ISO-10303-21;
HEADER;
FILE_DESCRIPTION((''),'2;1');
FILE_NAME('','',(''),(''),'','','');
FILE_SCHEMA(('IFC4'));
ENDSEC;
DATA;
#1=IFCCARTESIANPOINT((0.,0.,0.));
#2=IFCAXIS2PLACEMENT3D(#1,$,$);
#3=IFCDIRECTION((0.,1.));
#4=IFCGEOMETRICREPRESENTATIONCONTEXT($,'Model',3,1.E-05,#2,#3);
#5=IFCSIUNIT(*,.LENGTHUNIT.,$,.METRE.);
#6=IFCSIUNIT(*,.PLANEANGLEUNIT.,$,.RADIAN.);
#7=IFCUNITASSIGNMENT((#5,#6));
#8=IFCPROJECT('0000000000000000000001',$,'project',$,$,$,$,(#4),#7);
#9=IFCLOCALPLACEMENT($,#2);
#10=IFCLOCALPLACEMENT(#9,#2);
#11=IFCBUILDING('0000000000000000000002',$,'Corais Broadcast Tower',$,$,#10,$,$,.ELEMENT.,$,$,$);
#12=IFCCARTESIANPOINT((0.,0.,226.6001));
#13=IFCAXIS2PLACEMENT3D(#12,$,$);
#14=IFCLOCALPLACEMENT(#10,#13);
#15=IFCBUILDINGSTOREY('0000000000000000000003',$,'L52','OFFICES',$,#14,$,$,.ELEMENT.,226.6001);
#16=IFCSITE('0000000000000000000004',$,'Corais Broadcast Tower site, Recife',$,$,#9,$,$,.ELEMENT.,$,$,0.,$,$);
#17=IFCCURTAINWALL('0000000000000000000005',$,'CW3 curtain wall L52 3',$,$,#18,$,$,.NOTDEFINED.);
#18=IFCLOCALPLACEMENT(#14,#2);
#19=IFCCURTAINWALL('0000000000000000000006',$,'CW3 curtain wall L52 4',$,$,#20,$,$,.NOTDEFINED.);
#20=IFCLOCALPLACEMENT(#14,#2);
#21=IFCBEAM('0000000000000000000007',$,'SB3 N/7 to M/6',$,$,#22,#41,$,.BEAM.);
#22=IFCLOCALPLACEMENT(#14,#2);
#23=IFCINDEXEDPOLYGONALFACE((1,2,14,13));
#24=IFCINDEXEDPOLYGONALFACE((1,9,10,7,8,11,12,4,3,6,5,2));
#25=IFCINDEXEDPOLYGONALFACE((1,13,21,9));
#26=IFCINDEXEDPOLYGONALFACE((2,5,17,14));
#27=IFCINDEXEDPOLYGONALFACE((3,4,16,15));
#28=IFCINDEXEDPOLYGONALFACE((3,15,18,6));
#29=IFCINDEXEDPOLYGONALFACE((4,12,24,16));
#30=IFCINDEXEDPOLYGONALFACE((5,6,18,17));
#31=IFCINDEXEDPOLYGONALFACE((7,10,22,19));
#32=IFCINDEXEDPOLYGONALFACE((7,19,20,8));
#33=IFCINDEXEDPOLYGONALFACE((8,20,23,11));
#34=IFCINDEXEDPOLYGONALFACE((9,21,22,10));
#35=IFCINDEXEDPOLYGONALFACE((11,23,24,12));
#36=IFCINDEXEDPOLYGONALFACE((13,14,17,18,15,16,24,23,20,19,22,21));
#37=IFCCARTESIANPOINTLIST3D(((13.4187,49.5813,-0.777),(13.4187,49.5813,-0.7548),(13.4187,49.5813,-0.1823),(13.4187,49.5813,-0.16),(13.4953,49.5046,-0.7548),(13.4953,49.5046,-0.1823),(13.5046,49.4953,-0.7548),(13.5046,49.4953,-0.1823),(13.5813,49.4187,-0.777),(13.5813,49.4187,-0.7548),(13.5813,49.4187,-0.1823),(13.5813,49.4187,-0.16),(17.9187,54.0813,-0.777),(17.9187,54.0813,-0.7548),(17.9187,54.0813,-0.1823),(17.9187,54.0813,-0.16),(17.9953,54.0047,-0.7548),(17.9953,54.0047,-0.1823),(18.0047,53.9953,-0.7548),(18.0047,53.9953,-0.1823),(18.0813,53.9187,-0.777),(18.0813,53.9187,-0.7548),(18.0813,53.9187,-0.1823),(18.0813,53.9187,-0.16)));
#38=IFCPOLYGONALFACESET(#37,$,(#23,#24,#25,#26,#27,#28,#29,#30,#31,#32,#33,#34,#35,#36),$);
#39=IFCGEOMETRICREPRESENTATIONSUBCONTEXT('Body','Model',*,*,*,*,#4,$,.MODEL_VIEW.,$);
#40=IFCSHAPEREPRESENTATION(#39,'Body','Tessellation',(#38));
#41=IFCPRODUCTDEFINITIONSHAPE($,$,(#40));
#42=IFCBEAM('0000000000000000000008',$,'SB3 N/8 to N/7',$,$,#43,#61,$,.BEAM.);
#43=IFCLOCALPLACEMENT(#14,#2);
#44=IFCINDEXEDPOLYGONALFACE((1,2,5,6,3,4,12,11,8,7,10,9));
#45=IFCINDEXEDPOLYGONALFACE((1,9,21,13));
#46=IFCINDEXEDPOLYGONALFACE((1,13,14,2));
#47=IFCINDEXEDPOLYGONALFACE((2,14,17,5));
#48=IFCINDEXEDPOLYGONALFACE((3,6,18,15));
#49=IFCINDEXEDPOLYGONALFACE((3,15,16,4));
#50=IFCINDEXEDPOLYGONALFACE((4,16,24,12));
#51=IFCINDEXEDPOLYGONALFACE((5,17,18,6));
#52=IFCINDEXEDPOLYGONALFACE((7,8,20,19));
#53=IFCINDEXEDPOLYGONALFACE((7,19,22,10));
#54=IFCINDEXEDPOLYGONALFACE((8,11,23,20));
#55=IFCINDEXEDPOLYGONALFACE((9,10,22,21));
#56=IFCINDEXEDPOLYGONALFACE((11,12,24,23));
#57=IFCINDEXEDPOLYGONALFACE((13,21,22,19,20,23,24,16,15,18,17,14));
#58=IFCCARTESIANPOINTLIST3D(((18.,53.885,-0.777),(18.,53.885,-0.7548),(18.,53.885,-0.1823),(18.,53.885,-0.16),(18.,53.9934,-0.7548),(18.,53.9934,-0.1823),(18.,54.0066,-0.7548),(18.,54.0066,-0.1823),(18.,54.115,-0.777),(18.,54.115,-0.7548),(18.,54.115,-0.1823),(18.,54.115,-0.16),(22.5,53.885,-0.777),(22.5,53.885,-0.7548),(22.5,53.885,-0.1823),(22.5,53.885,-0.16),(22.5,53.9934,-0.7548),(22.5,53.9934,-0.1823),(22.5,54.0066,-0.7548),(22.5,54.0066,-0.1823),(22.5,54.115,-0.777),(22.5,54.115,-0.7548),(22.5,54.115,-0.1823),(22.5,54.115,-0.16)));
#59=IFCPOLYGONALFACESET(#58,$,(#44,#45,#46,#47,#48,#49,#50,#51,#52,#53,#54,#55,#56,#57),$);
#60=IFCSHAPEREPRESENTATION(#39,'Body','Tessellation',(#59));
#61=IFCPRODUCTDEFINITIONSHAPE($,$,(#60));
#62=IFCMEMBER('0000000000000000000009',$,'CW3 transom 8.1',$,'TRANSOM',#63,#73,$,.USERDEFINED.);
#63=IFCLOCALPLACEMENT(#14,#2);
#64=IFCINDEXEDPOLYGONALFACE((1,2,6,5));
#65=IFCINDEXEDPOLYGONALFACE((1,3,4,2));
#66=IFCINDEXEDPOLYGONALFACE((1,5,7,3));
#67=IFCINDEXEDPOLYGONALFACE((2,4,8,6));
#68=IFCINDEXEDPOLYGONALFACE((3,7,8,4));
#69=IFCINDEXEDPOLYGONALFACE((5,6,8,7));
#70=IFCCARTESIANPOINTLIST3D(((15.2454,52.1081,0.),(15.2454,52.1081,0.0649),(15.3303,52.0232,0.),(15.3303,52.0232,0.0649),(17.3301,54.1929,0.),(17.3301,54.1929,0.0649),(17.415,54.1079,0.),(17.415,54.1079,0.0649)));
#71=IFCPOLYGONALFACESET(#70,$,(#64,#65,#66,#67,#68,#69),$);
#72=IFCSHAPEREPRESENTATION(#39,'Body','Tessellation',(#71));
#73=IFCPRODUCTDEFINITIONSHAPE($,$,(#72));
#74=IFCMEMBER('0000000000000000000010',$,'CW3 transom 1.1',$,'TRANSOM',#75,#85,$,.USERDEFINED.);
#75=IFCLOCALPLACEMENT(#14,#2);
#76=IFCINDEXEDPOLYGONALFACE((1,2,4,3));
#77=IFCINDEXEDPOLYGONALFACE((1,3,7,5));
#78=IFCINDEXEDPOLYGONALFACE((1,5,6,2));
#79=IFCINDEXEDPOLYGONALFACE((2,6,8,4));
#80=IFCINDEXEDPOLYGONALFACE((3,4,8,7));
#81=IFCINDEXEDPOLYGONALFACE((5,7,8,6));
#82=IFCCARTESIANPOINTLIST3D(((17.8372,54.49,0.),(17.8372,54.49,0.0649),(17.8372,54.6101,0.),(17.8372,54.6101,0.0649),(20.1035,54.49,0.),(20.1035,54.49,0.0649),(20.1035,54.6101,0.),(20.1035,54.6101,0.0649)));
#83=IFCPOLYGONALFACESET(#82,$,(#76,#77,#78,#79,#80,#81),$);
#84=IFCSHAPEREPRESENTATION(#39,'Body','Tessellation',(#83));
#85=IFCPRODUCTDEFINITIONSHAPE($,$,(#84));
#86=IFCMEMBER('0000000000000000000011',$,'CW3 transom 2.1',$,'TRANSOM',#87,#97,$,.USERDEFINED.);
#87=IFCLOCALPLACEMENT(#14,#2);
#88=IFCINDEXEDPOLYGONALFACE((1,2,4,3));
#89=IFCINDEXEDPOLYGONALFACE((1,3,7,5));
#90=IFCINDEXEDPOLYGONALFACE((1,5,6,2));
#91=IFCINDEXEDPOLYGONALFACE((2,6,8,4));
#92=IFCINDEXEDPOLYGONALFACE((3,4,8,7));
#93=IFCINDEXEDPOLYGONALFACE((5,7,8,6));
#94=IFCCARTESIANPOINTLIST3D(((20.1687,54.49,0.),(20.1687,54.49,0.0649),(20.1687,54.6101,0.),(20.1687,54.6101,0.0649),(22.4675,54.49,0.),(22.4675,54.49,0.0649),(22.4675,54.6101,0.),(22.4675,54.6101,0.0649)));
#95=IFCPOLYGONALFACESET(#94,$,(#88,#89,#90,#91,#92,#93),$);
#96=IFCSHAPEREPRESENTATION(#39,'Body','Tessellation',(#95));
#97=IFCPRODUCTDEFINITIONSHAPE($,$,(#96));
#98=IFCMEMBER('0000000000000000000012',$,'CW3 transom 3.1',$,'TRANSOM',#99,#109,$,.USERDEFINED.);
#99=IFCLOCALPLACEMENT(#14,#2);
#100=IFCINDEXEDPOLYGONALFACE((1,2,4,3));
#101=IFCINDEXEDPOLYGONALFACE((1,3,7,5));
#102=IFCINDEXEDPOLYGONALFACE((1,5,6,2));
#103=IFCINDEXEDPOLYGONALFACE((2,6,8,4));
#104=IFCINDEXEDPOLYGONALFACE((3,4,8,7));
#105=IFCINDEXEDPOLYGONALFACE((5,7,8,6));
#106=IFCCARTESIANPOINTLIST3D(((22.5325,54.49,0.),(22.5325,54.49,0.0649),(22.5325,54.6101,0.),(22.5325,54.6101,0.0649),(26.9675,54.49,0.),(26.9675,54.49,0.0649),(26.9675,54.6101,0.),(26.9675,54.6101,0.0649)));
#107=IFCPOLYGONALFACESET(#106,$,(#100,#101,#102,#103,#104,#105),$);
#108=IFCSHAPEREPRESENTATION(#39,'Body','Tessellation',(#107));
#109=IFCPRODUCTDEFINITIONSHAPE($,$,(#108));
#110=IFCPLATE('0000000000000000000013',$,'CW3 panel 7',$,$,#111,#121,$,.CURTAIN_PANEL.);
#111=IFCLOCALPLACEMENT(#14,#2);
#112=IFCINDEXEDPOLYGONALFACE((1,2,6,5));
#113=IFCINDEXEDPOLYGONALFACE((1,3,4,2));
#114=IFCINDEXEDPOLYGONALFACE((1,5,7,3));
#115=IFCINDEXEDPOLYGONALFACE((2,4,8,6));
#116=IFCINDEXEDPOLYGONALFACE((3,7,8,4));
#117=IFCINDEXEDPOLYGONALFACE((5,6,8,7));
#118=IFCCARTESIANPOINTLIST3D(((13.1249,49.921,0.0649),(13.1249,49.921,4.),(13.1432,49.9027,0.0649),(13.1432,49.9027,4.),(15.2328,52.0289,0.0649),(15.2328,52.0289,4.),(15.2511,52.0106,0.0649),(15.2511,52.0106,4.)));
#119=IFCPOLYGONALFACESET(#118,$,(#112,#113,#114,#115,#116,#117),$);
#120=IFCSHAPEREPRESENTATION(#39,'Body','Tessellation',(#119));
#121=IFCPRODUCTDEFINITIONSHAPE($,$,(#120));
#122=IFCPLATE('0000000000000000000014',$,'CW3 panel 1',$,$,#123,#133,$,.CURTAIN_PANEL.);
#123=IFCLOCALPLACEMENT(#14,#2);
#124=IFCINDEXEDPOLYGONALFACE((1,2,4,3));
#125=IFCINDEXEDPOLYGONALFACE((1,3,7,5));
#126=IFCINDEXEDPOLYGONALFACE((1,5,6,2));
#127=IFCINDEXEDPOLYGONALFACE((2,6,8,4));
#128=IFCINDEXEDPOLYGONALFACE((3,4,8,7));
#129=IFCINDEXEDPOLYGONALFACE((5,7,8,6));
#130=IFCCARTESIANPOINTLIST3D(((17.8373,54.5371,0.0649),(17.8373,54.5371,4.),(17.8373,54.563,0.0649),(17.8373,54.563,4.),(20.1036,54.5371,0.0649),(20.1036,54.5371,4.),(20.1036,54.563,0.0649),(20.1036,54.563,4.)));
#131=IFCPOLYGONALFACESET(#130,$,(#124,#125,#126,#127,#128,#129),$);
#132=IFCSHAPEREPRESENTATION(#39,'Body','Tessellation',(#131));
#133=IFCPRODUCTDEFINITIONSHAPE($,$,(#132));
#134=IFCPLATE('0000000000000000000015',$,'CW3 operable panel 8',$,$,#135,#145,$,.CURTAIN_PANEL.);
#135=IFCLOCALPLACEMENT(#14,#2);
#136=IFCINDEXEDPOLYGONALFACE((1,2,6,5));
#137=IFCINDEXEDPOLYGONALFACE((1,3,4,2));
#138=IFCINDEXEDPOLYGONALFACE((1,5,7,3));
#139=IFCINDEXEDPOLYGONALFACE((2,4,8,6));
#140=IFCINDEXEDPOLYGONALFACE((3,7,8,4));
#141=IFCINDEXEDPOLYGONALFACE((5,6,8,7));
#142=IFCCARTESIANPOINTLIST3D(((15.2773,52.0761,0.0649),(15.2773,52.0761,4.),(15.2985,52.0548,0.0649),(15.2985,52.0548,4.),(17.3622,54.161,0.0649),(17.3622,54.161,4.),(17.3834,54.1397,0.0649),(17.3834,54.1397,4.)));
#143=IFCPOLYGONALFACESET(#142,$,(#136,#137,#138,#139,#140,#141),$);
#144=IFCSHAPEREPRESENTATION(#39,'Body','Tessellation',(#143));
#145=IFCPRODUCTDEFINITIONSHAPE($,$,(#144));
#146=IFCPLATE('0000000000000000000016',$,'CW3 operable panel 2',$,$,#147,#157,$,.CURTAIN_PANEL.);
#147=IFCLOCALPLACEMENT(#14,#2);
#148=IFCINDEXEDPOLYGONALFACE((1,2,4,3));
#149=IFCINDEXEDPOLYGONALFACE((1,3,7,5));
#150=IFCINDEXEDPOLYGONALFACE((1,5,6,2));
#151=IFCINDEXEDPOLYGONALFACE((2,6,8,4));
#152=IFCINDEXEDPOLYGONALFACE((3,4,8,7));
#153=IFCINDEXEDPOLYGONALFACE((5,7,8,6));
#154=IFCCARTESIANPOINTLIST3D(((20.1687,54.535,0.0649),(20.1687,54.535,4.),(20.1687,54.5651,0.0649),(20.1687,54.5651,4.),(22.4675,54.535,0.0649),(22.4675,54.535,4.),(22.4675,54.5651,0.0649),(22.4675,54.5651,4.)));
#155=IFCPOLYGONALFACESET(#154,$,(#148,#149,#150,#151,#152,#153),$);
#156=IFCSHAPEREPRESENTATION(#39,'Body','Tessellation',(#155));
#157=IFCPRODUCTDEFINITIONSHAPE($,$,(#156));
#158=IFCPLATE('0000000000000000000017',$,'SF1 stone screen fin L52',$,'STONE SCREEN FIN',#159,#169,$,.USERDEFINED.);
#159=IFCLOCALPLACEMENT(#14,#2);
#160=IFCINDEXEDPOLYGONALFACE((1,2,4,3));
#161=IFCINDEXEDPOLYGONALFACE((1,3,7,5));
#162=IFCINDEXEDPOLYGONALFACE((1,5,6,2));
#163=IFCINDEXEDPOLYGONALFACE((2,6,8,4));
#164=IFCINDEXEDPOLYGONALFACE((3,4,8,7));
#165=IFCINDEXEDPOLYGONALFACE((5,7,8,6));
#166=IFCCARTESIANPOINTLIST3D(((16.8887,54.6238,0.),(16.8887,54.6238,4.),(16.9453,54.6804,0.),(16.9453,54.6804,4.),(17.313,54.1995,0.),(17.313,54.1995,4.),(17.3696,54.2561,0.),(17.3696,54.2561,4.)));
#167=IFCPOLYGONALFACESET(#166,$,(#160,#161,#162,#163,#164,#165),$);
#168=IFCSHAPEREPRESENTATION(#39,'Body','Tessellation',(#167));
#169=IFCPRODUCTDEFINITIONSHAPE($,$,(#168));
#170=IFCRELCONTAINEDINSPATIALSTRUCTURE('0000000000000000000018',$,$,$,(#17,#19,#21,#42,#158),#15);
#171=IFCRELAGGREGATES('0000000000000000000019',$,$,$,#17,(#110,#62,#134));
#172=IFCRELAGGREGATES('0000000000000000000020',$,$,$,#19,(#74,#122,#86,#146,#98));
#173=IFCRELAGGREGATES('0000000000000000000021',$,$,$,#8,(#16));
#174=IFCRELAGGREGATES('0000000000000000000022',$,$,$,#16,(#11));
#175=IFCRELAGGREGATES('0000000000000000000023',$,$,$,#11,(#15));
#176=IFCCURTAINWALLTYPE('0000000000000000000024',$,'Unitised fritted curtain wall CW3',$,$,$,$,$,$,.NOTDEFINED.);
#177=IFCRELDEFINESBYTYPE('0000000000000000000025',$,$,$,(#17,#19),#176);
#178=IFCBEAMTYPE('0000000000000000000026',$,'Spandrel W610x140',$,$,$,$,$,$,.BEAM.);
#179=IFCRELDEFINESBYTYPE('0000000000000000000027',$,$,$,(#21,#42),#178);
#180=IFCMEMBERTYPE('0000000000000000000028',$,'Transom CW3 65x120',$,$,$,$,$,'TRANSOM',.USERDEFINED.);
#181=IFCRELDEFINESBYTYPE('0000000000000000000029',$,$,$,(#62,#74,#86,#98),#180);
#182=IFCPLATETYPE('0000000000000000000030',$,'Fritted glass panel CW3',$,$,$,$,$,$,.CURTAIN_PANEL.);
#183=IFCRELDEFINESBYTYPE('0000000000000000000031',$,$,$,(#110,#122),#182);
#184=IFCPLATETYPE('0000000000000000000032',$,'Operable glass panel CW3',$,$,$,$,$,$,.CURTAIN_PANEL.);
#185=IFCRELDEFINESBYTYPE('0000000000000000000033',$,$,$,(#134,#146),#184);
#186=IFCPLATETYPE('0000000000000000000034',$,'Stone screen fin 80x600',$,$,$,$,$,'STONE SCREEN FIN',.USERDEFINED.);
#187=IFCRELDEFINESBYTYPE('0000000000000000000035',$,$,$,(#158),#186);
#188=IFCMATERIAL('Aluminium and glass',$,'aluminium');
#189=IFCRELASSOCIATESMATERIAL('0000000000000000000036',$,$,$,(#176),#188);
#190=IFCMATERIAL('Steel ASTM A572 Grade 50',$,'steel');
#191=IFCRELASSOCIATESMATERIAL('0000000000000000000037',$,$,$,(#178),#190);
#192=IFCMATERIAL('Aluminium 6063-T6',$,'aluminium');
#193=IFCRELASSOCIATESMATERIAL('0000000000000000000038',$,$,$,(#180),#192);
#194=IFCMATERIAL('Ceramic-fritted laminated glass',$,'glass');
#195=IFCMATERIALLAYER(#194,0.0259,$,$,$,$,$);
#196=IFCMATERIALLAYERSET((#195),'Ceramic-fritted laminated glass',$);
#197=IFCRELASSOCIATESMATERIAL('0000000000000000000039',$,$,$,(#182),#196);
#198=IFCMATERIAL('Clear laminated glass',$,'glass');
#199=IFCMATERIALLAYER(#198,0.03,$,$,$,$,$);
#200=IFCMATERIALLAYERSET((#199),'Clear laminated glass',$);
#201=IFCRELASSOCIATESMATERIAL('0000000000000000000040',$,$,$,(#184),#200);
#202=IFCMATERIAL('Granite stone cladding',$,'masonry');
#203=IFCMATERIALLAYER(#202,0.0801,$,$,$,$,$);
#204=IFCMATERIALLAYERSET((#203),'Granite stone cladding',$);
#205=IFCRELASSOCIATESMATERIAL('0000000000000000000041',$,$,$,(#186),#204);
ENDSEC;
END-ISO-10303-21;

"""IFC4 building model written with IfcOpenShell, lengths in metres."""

from ifc_helpers import new_model, si_unit, direction, frame, origin, origin_2d, place, context, subcontext, project, spatial, rectangle, i_section, extrude, material, layer, layer_set, material_profile, profile_set, type_object, element, aggregate, save


model = new_model("IFC4")

# Units and contexts
model_context = context("Model", 3, precision=1e-05, world=origin(), true_north=direction((0.0, 1.0)))
body_context = subcontext(model_context, "Body", "Model", "MODEL_VIEW")
ifc_project = project(units=[si_unit("LENGTHUNIT", "METRE"), si_unit("PLANEANGLEUNIT", "RADIAN")], contexts=[model_context])

# Site, building, storey
site_placement = place(None, origin())
site = spatial("IfcSite", under=ifc_project, at=site_placement, Name="Corais Broadcast Tower site, Recife", CompositionType="ELEMENT", RefElevation=0.0)
building_placement = place(site_placement, origin())
building = spatial("IfcBuilding", under=site, at=building_placement, Name="Corais Broadcast Tower", CompositionType="ELEMENT")
storey_placement = place(building_placement, frame((0.0, 0.0, 226.6001)))
storey = spatial("IfcBuildingStorey", under=building, at=storey_placement, Name="L52", Description="OFFICES", CompositionType="ELEMENT", Elevation=226.6001)

# Curtain walls
ifc_material_1 = material(Name="Aluminium and glass", Category="aluminium")
curtain_wall_type = type_object("IfcCurtainWallType", Name="Unitised fritted curtain wall CW3", PredefinedType="NOTDEFINED", material=ifc_material_1)
curtain_wall_1_placement = place(storey_placement, origin())
curtain_wall_1 = element("IfcCurtainWall", 1, at=curtain_wall_1_placement, inside=storey, type_object=curtain_wall_type, Name="CW3 curtain wall L52 3", PredefinedType="NOTDEFINED")
curtain_wall_2_placement = place(storey_placement, origin())
curtain_wall_2 = element("IfcCurtainWall", 2, at=curtain_wall_2_placement, inside=storey, type_object=curtain_wall_type, Name="CW3 curtain wall L52 4", PredefinedType="NOTDEFINED")

# Beams
ifc_material_2 = material(Name="Steel ASTM A572 Grade 50", Category="steel")
ifc_material_profile_1 = material_profile(ifc_material_2, i_section(OverallWidth=0.23, OverallDepth=0.6169, WebThickness=0.0132, FlangeThickness=0.0222, at=origin_2d()), Name="W610x140")
ifc_profile_set_1 = profile_set([ifc_material_profile_1], Name="Steel ASTM A572 Grade 50")
beam_type_1 = type_object("IfcBeamType", Name="Spandrel W610x140", PredefinedType="BEAM", material=ifc_profile_set_1)
for number, where, z_axis, x_axis, name in (
    (3, (18.0, 54.0, -0.4685), (-0.707107, -0.707107, 0.0), (0.707107, -0.707107, 0.0), "SB3 N/7 to M/6"),
):
    element("IfcBeam", number, at=place(storey_placement, frame(where, z_axis=z_axis, x_axis=x_axis)), inside=storey, type_object=beam_type_1, Name=name, PredefinedType="BEAM", context=body_context, shape_type="SweptSolid", body=[
        extrude(i_section(OverallWidth=0.23, OverallDepth=0.6169, WebThickness=0.0132, FlangeThickness=0.0222, at=origin_2d()), origin(), (0.0, 0.0, 1.0), 6.364),
    ])
beam_1_placement = place(storey_placement, frame((22.5, 54.0, -0.4685), z_axis=(-1.0, 0.0, 0.0), x_axis=(0.0, -1.0, 0.0)))
element("IfcBeam", 4, at=beam_1_placement, inside=storey, type_object=beam_type_1, Name="SB3 N/8 to N/7", PredefinedType="BEAM", context=body_context, shape_type="SweptSolid", body=[
    extrude(i_section(OverallWidth=0.23, OverallDepth=0.6169, WebThickness=0.0132, FlangeThickness=0.0222, at=origin_2d()), origin(), (0.0, 0.0, 1.0), 4.5),
])

# Members
ifc_material_3 = material(Name="Aluminium 6063-T6", Category="aluminium")
ifc_material_profile_2 = material_profile(ifc_material_3, rectangle(XDim=0.1201, YDim=0.0649, at=origin_2d()), Name="Transom CW3 65x120")
ifc_profile_set_2 = profile_set([ifc_material_profile_2], Name="Aluminium 6063-T6")
member_type_1 = type_object("IfcMemberType", Name="Transom CW3 65x120", ElementType="TRANSOM", PredefinedType="USERDEFINED", material=ifc_profile_set_2)
member_1_placement = place(storey_placement, frame((15.2878, 52.0657, 0.0325), z_axis=(0.707107, 0.707107, 0.0), x_axis=(-0.707107, 0.707107, 0.0)))
member_1 = element("IfcMember", 5, at=member_1_placement, type_object=member_type_1, Name="CW3 transom 8.1", ObjectType="TRANSOM", PredefinedType="USERDEFINED", context=body_context, shape_type="SweptSolid", body=[
    extrude(rectangle(XDim=0.1201, YDim=0.0649, at=origin_2d()), origin(), (0.0, 0.0, 1.0), 2.9482),
])
member_2_placement = place(storey_placement, frame((17.8372, 54.55, 0.0325), z_axis=(1.0, 0.0, 0.0), x_axis=(0.0, 1.0, 0.0)))
member_2 = element("IfcMember", 6, at=member_2_placement, type_object=member_type_1, Name="CW3 transom 1.1", ObjectType="TRANSOM", PredefinedType="USERDEFINED", context=body_context, shape_type="SweptSolid", body=[
    extrude(rectangle(XDim=0.1201, YDim=0.0649, at=origin_2d()), origin(), (0.0, 0.0, 1.0), 2.2664),
])
member_3_placement = place(storey_placement, frame((20.1687, 54.55, 0.0325), z_axis=(1.0, 0.0, 0.0), x_axis=(0.0, 1.0, 0.0)))
member_3 = element("IfcMember", 7, at=member_3_placement, type_object=member_type_1, Name="CW3 transom 2.1", ObjectType="TRANSOM", PredefinedType="USERDEFINED", context=body_context, shape_type="SweptSolid", body=[
    extrude(rectangle(XDim=0.1201, YDim=0.0649, at=origin_2d()), origin(), (0.0, 0.0, 1.0), 2.2988),
])
member_4_placement = place(storey_placement, frame((22.5325, 54.55, 0.0325), z_axis=(1.0, 0.0, 0.0), x_axis=(0.0, 1.0, 0.0)))
member_4 = element("IfcMember", 8, at=member_4_placement, type_object=member_type_1, Name="CW3 transom 3.1", ObjectType="TRANSOM", PredefinedType="USERDEFINED", context=body_context, shape_type="SweptSolid", body=[
    extrude(rectangle(XDim=0.1201, YDim=0.0649, at=origin_2d()), origin(), (0.0, 0.0, 1.0), 4.4351),
])

# Plates
ifc_material_4 = material(Name="Ceramic-fritted laminated glass", Category="glass")
ifc_layer_1 = layer(ifc_material_4, 0.0259)
ifc_layer_set_1 = layer_set([ifc_layer_1], Name="Ceramic-fritted laminated glass")
plate_type_1 = type_object("IfcPlateType", Name="Fritted glass panel CW3", PredefinedType="CURTAIN_PANEL", material=ifc_layer_set_1)
plate_1_placement = place(storey_placement, frame((14.188, 50.9658, 0.0649), z_axis=(0.0, 0.0, 1.0), x_axis=(0.707107, 0.707107, 0.0)))
plate_1 = element("IfcPlate", 9, at=plate_1_placement, type_object=plate_type_1, Name="CW3 panel 7", PredefinedType="CURTAIN_PANEL", context=body_context, shape_type="SweptSolid", body=[
    extrude(rectangle(XDim=2.981, YDim=0.0259, at=origin_2d()), origin(), (0.0, 0.0, 1.0), 3.9351),
])
plate_2_placement = place(storey_placement, frame((18.9705, 54.55, 0.0649), z_axis=(0.0, 0.0, 1.0), x_axis=(1.0, 0.0, 0.0)))
plate_2 = element("IfcPlate", 10, at=plate_2_placement, type_object=plate_type_1, Name="CW3 panel 1", PredefinedType="CURTAIN_PANEL", context=body_context, shape_type="SweptSolid", body=[
    extrude(rectangle(XDim=2.2664, YDim=0.0259, at=origin_2d()), origin(), (0.0, 0.0, 1.0), 3.9351),
])
ifc_material_5 = material(Name="Clear laminated glass", Category="glass")
ifc_layer_2 = layer(ifc_material_5, 0.03)
ifc_layer_set_2 = layer_set([ifc_layer_2], Name="Clear laminated glass")
plate_type_2 = type_object("IfcPlateType", Name="Operable glass panel CW3", PredefinedType="CURTAIN_PANEL", material=ifc_layer_set_2)
plate_3_placement = place(storey_placement, frame((16.3303, 53.1079, 0.0649), z_axis=(0.0, 0.0, 1.0), x_axis=(0.707107, 0.707107, 0.0)))
plate_3 = element("IfcPlate", 11, at=plate_3_placement, type_object=plate_type_2, Name="CW3 operable panel 8", PredefinedType="CURTAIN_PANEL", context=body_context, shape_type="SweptSolid", body=[
    extrude(rectangle(XDim=2.9485, YDim=0.03, at=origin_2d()), origin(), (0.0, 0.0, 1.0), 3.9351),
])
aggregate(curtain_wall_1, [plate_1, member_1, plate_3])
plate_4_placement = place(storey_placement, frame((21.3181, 54.55, 0.0649), z_axis=(0.0, 0.0, 1.0), x_axis=(1.0, 0.0, 0.0)))
plate_4 = element("IfcPlate", 12, at=plate_4_placement, type_object=plate_type_2, Name="CW3 operable panel 2", PredefinedType="CURTAIN_PANEL", context=body_context, shape_type="SweptSolid", body=[
    extrude(rectangle(XDim=2.2988, YDim=0.03, at=origin_2d()), origin(), (0.0, 0.0, 1.0), 3.9351),
])
aggregate(curtain_wall_2, [member_2, plate_2, member_3, plate_4, member_4])
ifc_material_6 = material(Name="Granite stone cladding", Category="masonry")
ifc_layer_3 = layer(ifc_material_6, 0.0801)
ifc_layer_set_3 = layer_set([ifc_layer_3], Name="Granite stone cladding")
plate_type_3 = type_object("IfcPlateType", Name="Stone screen fin 80x600", ElementType="STONE SCREEN FIN", PredefinedType="USERDEFINED", material=ifc_layer_set_3)
plate_5_placement = place(storey_placement, frame((17.1292, 54.4399, 0.0), z_axis=(0.0, 0.0, 1.0), x_axis=(0.707107, 0.707107, 0.0)))
element("IfcPlate", 13, at=plate_5_placement, inside=storey, type_object=plate_type_3, Name="SF1 stone screen fin L52", ObjectType="STONE SCREEN FIN", PredefinedType="USERDEFINED", context=body_context, shape_type="SweptSolid", body=[
    extrude(rectangle(XDim=0.0801, YDim=0.6001, at=origin_2d()), origin(), (0.0, 0.0, 1.0), 4.0),
])

save(model, "model.ifc")
